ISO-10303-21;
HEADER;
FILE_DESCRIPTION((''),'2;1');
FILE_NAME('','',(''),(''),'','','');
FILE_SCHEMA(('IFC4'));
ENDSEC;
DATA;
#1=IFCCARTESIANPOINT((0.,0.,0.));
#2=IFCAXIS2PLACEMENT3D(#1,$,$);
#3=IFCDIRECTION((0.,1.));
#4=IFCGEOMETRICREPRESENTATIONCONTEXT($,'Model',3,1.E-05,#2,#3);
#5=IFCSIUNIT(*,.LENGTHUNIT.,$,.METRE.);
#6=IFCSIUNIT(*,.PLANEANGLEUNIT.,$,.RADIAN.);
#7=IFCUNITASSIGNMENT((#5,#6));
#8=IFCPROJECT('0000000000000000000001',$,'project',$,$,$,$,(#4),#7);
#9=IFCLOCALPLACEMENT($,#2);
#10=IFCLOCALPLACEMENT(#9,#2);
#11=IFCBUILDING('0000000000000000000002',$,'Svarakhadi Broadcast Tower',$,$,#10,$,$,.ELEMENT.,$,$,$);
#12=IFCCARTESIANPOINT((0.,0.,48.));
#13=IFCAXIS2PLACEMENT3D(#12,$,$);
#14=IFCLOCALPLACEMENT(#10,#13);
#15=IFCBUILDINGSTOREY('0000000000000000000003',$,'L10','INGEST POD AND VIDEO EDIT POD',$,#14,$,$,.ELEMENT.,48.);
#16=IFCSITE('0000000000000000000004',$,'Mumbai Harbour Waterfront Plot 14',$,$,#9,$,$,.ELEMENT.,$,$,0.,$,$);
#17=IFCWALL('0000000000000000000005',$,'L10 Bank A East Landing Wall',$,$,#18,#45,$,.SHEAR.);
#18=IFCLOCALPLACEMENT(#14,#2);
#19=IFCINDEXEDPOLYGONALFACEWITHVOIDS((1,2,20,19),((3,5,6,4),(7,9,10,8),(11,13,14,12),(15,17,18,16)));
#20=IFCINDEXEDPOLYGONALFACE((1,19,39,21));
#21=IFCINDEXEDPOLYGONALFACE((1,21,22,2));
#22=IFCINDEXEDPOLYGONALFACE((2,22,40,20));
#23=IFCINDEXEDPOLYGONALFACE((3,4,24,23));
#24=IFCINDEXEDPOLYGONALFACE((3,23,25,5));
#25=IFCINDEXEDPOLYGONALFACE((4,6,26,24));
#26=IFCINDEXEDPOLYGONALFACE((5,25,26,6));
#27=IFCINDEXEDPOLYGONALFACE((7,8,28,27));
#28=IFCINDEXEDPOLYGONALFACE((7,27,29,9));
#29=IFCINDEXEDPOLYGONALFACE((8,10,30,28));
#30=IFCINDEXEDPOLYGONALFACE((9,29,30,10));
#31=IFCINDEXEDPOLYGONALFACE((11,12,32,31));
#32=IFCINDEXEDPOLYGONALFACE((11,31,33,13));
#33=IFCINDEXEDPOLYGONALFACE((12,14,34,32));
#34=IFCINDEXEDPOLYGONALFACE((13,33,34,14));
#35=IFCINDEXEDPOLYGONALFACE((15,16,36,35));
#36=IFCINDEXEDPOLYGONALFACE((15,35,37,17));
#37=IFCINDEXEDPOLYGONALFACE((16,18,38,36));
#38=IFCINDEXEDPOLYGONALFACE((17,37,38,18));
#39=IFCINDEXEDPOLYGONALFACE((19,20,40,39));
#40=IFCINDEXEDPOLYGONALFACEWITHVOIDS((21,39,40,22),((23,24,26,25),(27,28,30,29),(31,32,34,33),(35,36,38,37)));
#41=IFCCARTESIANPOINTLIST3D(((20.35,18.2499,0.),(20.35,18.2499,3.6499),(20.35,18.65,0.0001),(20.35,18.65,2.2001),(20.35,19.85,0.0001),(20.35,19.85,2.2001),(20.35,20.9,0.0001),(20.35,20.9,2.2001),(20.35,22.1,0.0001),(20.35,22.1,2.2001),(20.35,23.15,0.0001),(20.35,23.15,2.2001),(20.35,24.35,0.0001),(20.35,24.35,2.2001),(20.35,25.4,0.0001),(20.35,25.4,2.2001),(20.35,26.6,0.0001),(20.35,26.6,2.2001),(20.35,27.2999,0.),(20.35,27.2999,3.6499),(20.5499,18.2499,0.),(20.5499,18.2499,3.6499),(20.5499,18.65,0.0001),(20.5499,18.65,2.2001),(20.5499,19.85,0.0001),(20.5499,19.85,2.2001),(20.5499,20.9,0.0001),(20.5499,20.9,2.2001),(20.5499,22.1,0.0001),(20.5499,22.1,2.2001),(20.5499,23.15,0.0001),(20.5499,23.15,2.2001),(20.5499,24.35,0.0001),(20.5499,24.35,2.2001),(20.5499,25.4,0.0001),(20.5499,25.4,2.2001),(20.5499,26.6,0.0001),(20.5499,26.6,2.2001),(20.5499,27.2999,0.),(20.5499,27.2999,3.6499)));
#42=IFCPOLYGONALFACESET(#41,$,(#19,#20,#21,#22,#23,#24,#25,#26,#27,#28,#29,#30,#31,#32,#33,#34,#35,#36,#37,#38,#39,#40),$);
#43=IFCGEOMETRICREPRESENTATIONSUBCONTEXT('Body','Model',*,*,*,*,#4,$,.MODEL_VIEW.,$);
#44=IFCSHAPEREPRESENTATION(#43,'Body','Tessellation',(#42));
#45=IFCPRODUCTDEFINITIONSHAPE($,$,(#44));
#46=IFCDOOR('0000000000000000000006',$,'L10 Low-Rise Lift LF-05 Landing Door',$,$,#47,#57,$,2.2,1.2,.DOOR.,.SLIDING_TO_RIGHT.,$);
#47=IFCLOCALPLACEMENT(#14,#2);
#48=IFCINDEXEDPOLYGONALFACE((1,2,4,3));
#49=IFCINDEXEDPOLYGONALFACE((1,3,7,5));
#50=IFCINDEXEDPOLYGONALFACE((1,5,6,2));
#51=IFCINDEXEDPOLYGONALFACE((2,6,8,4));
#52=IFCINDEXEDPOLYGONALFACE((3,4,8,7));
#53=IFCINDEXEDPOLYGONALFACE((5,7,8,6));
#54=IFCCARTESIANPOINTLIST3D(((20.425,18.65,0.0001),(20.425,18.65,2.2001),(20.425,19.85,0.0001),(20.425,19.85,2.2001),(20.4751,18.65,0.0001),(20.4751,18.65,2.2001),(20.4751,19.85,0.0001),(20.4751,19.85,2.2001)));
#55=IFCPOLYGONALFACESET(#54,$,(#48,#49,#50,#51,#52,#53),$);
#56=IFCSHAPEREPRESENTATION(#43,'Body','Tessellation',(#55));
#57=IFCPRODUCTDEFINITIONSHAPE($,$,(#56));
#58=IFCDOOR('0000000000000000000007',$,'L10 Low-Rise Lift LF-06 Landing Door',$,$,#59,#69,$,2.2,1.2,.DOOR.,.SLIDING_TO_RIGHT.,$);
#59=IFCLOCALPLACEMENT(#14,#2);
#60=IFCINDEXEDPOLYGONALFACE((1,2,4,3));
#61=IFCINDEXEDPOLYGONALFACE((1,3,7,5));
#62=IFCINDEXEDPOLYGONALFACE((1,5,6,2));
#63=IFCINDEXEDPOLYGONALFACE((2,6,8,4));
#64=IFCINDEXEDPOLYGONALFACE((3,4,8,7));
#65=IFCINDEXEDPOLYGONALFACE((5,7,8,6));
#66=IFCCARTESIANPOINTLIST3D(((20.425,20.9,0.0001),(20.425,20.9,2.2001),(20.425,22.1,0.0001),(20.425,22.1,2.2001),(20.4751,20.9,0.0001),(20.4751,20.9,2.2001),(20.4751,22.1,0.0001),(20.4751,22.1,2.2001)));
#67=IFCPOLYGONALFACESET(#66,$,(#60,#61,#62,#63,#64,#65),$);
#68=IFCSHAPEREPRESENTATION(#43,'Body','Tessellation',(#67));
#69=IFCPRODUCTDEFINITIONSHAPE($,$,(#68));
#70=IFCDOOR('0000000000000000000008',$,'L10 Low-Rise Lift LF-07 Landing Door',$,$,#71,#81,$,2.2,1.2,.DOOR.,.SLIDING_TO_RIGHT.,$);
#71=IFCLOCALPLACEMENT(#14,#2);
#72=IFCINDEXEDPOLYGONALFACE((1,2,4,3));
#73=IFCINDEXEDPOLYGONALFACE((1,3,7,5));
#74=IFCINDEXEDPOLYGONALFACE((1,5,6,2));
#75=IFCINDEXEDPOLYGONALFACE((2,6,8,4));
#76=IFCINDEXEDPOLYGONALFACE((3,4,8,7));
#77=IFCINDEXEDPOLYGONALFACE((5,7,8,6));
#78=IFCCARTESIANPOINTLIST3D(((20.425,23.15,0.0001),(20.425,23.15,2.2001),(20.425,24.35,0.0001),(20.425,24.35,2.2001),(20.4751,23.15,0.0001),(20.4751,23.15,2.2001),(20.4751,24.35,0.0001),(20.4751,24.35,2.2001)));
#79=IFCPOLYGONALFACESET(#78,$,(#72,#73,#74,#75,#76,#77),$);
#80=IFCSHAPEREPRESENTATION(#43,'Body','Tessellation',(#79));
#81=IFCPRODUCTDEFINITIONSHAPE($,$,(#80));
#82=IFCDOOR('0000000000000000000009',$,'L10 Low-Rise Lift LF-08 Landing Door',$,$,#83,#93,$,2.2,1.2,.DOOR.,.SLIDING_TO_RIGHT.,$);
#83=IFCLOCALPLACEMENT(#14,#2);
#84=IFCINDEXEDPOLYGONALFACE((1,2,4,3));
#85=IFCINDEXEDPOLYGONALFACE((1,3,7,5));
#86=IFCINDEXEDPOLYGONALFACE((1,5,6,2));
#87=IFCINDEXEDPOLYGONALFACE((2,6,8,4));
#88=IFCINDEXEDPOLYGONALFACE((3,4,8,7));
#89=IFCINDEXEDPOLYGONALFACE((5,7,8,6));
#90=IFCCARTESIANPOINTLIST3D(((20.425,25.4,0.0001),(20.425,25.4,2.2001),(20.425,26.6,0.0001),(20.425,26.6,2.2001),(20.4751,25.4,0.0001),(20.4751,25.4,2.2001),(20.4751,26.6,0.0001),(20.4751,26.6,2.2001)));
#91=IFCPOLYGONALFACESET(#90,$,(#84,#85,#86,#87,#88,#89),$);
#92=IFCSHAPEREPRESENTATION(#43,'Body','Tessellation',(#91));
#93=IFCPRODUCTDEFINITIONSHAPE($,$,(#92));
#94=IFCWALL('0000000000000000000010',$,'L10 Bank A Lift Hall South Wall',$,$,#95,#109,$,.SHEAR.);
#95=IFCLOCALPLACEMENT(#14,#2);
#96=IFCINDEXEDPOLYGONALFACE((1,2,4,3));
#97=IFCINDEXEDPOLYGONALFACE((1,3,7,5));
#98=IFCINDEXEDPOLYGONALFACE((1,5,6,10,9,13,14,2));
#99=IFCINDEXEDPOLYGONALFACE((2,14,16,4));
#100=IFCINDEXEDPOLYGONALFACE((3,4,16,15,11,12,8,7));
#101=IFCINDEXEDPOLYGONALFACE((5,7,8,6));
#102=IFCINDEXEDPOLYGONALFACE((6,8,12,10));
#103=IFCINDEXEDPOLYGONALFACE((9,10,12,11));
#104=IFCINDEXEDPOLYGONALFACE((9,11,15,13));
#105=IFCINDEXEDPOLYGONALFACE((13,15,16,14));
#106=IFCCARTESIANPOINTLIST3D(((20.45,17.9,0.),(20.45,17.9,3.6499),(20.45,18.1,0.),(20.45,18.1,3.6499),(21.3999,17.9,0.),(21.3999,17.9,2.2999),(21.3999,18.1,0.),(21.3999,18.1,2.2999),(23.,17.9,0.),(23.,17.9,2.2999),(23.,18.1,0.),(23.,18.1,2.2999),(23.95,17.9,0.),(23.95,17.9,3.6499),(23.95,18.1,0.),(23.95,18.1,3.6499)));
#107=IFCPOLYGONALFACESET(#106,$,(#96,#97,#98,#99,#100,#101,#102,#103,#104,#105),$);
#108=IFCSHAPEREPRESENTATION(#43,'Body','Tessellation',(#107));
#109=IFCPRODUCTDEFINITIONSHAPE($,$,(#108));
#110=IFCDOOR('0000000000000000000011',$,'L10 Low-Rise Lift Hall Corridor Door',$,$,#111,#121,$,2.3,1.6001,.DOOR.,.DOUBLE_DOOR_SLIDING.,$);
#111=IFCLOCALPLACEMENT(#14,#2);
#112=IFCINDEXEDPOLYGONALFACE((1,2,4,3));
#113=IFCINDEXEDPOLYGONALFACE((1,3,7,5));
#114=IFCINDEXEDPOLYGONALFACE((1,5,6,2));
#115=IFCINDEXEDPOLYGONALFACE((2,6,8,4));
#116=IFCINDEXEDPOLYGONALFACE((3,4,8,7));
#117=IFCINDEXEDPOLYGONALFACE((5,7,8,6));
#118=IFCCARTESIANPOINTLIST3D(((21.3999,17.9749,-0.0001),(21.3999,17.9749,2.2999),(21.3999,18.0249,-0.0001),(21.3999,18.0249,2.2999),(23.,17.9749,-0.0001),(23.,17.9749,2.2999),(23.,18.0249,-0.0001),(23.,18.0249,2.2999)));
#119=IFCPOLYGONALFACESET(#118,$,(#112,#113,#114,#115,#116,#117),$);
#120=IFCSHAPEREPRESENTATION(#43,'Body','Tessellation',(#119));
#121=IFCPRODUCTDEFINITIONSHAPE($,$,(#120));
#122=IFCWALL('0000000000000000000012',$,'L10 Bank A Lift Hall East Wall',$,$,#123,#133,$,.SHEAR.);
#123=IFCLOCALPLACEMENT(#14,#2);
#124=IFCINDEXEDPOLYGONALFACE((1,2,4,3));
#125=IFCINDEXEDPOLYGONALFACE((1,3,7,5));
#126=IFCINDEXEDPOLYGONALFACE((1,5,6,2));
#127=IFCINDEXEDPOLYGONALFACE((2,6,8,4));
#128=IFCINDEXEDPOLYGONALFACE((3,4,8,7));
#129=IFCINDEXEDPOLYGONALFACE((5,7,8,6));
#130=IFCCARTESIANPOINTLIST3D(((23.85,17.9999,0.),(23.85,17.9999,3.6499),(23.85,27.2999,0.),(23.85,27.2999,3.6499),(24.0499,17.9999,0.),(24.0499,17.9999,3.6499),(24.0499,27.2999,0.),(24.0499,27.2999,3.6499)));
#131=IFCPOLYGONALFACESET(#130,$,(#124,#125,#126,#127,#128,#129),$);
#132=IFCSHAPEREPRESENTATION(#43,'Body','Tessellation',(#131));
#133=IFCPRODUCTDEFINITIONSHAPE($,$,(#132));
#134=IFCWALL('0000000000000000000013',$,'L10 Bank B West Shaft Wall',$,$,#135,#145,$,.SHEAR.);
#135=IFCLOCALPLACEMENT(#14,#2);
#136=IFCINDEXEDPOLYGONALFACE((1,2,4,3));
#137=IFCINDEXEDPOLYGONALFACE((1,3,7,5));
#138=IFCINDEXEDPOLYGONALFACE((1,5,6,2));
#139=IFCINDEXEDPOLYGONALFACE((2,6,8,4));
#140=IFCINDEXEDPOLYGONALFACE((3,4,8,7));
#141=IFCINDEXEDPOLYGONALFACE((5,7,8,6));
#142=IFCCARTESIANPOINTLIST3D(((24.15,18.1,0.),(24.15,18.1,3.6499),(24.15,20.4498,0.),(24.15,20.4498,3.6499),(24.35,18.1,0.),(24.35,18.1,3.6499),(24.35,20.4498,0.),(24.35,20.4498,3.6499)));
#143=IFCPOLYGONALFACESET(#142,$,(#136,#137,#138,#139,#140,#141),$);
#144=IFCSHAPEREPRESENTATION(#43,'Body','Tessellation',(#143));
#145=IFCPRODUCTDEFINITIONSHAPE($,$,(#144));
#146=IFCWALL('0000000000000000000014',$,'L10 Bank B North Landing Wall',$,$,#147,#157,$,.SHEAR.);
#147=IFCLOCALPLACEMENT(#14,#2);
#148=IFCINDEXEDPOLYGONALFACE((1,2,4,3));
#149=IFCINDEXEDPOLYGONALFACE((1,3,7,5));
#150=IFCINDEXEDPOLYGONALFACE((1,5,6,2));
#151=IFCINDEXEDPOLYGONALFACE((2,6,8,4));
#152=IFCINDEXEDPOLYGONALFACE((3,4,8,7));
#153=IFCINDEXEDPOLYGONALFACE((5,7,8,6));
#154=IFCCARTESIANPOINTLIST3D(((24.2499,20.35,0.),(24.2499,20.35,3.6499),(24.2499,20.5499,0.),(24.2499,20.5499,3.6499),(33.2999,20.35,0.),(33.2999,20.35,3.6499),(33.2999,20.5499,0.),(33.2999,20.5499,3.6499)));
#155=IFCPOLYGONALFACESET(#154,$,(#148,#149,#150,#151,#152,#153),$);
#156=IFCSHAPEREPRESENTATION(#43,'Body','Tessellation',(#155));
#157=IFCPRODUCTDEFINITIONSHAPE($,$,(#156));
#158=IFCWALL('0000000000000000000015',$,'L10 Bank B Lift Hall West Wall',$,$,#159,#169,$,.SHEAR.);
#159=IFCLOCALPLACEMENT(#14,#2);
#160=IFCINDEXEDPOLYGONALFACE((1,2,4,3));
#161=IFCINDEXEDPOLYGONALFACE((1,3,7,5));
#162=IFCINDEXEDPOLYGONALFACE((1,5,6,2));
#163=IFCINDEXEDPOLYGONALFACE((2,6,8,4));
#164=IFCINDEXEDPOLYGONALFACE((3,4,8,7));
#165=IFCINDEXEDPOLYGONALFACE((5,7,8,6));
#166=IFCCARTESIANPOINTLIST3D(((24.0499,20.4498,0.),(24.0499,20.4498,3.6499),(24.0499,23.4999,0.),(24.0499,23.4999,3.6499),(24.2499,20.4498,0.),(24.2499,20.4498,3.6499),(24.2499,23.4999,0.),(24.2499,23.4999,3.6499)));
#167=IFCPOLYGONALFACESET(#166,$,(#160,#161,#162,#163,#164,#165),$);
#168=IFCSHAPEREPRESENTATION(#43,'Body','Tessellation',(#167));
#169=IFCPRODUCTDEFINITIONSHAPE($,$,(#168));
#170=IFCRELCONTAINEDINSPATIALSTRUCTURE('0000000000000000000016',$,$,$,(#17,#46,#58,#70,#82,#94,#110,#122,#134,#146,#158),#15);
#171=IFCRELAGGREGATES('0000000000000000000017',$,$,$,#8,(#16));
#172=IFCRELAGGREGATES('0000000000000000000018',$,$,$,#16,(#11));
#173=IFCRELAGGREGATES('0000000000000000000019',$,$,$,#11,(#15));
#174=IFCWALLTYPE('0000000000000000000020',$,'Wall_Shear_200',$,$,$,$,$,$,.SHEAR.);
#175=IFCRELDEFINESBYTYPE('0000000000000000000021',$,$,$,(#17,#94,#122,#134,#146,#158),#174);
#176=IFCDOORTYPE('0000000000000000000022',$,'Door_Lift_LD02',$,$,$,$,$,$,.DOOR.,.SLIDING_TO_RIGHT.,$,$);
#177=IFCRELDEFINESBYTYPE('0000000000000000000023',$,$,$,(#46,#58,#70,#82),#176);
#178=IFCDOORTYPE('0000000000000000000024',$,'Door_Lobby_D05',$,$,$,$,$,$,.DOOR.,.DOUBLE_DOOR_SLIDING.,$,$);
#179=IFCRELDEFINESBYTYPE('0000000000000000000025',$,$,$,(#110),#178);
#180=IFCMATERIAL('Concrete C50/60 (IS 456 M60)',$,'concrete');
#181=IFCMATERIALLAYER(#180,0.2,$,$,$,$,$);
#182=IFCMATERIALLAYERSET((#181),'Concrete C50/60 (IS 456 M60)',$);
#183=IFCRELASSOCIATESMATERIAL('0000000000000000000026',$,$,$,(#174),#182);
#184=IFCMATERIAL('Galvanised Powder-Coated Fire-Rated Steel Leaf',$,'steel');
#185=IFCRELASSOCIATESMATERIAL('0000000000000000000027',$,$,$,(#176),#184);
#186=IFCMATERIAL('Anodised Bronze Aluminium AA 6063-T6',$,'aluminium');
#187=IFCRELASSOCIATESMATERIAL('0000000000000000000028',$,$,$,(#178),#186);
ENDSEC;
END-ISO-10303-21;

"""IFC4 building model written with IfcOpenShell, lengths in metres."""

from ifc_helpers import new_model, si_unit, direction, frame, frame_2d, origin, place, context, subcontext, project, spatial, rectangle, extrude, material, layer, layer_set, type_object, element, fill, save


model = new_model("IFC4")

# Units and contexts
model_context = context("Model", 3, precision=1e-05, world=origin(), true_north=direction((0.0, 1.0)))
body_context = subcontext(model_context, "Body", "Model", "MODEL_VIEW")
ifc_project = project(units=[si_unit("LENGTHUNIT", "METRE"), si_unit("PLANEANGLEUNIT", "RADIAN")], contexts=[model_context])

# Site, building, storey
site_placement = place(None, origin())
site = spatial("IfcSite", under=ifc_project, at=site_placement, Name="Mumbai Harbour Waterfront Plot 14", CompositionType="ELEMENT", RefElevation=0.0)
building_placement = place(site_placement, origin())
building = spatial("IfcBuilding", under=site, at=building_placement, Name="Svarakhadi Broadcast Tower", CompositionType="ELEMENT")
storey_placement = place(building_placement, frame((0.0, 0.0, 48.0)))
storey = spatial("IfcBuildingStorey", under=building, at=storey_placement, Name="L10", Description="INGEST POD AND VIDEO EDIT POD", CompositionType="ELEMENT", Elevation=48.0)

# Shared definitions
ifc_material_1 = material(Name="Concrete C50/60 (IS 456 M60)", Category="concrete")
ifc_layer_1 = layer(ifc_material_1, 0.2)
ifc_layer_set_1 = layer_set([ifc_layer_1], Name="Concrete C50/60 (IS 456 M60)")
wall_type_1 = type_object("IfcWallType", Name="Wall_Shear_200", PredefinedType="SHEAR", material=ifc_layer_set_1)

# Wall, openings, doors
wall_1_placement = place(storey_placement, frame((20.45, 18.25, 0.0), z_axis=(0.0, 0.0, 1.0), x_axis=(0.0, 1.0, 0.0)))
wall_1 = element("IfcWall", 1, at=wall_1_placement, inside=storey, type_object=wall_type_1, Name="L10 Bank A East Landing Wall", PredefinedType="SHEAR", context=body_context, shape_type="SweptSolid", body=[
    extrude(rectangle(XDim=9.05, YDim=0.2, at=frame_2d((4.5249, 0.0))), origin(), (0.0, 0.0, 1.0), 3.6499),
])
opening_1_placement = place(wall_1_placement, frame((0.3999, 0.0, 0.0)))
opening_1 = element("IfcOpeningElement", 2, at=opening_1_placement, cuts=wall_1, PredefinedType="OPENING", context=body_context, shape_type="SweptSolid", body=[
    extrude(rectangle(XDim=1.2, YDim=2.2, at=frame_2d((0.6001, 1.1001))), frame((0.0, 0.1099, 0.0), z_axis=(0.0, -1.0, 0.0), x_axis=(1.0, 0.0, 0.0)), (0.0, 0.0, 1.0), 0.22),
])
opening_2_placement = place(wall_1_placement, frame((2.6499, 0.0, 0.0)))
opening_2 = element("IfcOpeningElement", 3, at=opening_2_placement, cuts=wall_1, PredefinedType="OPENING", context=body_context, shape_type="SweptSolid", body=[
    extrude(rectangle(XDim=1.2, YDim=2.2, at=frame_2d((0.6001, 1.1001))), frame((0.0, 0.1099, 0.0), z_axis=(0.0, -1.0, 0.0), x_axis=(1.0, 0.0, 0.0)), (0.0, 0.0, 1.0), 0.22),
])
opening_3_placement = place(wall_1_placement, frame((4.8999, 0.0, 0.0)))
opening_3 = element("IfcOpeningElement", 4, at=opening_3_placement, cuts=wall_1, PredefinedType="OPENING", context=body_context, shape_type="SweptSolid", body=[
    extrude(rectangle(XDim=1.2, YDim=2.2, at=frame_2d((0.6001, 1.1001))), frame((0.0, 0.1099, 0.0), z_axis=(0.0, -1.0, 0.0), x_axis=(1.0, 0.0, 0.0)), (0.0, 0.0, 1.0), 0.22),
])
opening_4_placement = place(wall_1_placement, frame((7.1499, 0.0, 0.0)))
opening_4 = element("IfcOpeningElement", 5, at=opening_4_placement, cuts=wall_1, PredefinedType="OPENING", context=body_context, shape_type="SweptSolid", body=[
    extrude(rectangle(XDim=1.2, YDim=2.2, at=frame_2d((0.6001, 1.1001))), frame((0.0, 0.1099, 0.0), z_axis=(0.0, -1.0, 0.0), x_axis=(1.0, 0.0, 0.0)), (0.0, 0.0, 1.0), 0.22),
])
ifc_material_2 = material(Name="Galvanised Powder-Coated Fire-Rated Steel Leaf", Category="steel")
door_type_1 = type_object("IfcDoorType", Name="Door_Lift_LD02", OperationType="SLIDING_TO_RIGHT", PredefinedType="DOOR", material=ifc_material_2)
door_1_placement = place(opening_1_placement, origin())
door_1 = element("IfcDoor", 6, at=door_1_placement, inside=storey, type_object=door_type_1, Name="L10 Low-Rise Lift LF-05 Landing Door", OperationType="SLIDING_TO_RIGHT", OverallHeight=2.2, OverallWidth=1.2, PredefinedType="DOOR", context=body_context, shape_type="SweptSolid", body=[
    extrude(rectangle(XDim=1.2, YDim=2.2, at=frame_2d((0.6001, 1.1001))), frame((0.0, 0.0249, 0.0), z_axis=(0.0, -1.0, 0.0), x_axis=(1.0, 0.0, 0.0)), (0.0, 0.0, 1.0), 0.05),
])
fill(opening_1, door_1)
door_2_placement = place(opening_2_placement, origin())
door_2 = element("IfcDoor", 7, at=door_2_placement, inside=storey, type_object=door_type_1, Name="L10 Low-Rise Lift LF-06 Landing Door", OperationType="SLIDING_TO_RIGHT", OverallHeight=2.2, OverallWidth=1.2, PredefinedType="DOOR", context=body_context, shape_type="SweptSolid", body=[
    extrude(rectangle(XDim=1.2, YDim=2.2, at=frame_2d((0.6001, 1.1001))), frame((0.0, 0.0249, 0.0), z_axis=(0.0, -1.0, 0.0), x_axis=(1.0, 0.0, 0.0)), (0.0, 0.0, 1.0), 0.05),
])
fill(opening_2, door_2)
door_3_placement = place(opening_3_placement, origin())
door_3 = element("IfcDoor", 8, at=door_3_placement, inside=storey, type_object=door_type_1, Name="L10 Low-Rise Lift LF-07 Landing Door", OperationType="SLIDING_TO_RIGHT", OverallHeight=2.2, OverallWidth=1.2, PredefinedType="DOOR", context=body_context, shape_type="SweptSolid", body=[
    extrude(rectangle(XDim=1.2, YDim=2.2, at=frame_2d((0.6001, 1.1001))), frame((0.0, 0.0249, 0.0), z_axis=(0.0, -1.0, 0.0), x_axis=(1.0, 0.0, 0.0)), (0.0, 0.0, 1.0), 0.05),
])
fill(opening_3, door_3)
door_4_placement = place(opening_4_placement, origin())
door_4 = element("IfcDoor", 9, at=door_4_placement, inside=storey, type_object=door_type_1, Name="L10 Low-Rise Lift LF-08 Landing Door", OperationType="SLIDING_TO_RIGHT", OverallHeight=2.2, OverallWidth=1.2, PredefinedType="DOOR", context=body_context, shape_type="SweptSolid", body=[
    extrude(rectangle(XDim=1.2, YDim=2.2, at=frame_2d((0.6001, 1.1001))), frame((0.0, 0.0249, 0.0), z_axis=(0.0, -1.0, 0.0), x_axis=(1.0, 0.0, 0.0)), (0.0, 0.0, 1.0), 0.05),
])
fill(opening_4, door_4)

# Wall, opening, door
wall_2_placement = place(storey_placement, frame((20.45, 18.0, 0.0), z_axis=(0.0, 0.0, 1.0), x_axis=(1.0, 0.0, 0.0)))
wall_2 = element("IfcWall", 10, at=wall_2_placement, inside=storey, type_object=wall_type_1, Name="L10 Bank A Lift Hall South Wall", PredefinedType="SHEAR", context=body_context, shape_type="SweptSolid", body=[
    extrude(rectangle(XDim=3.5, YDim=0.2, at=frame_2d((1.75, 0.0))), origin(), (0.0, 0.0, 1.0), 3.6499),
])
opening_5_placement = place(wall_2_placement, frame((0.95, 0.0, 0.0)))
opening_5 = element("IfcOpeningElement", 11, at=opening_5_placement, cuts=wall_2, PredefinedType="OPENING", context=body_context, shape_type="SweptSolid", body=[
    extrude(rectangle(XDim=1.6001, YDim=2.3, at=frame_2d((0.8, 1.1499))), frame((0.0, 0.1099, 0.0), z_axis=(0.0, -1.0, 0.0), x_axis=(1.0, 0.0, 0.0)), (0.0, 0.0, 1.0), 0.22),
])
ifc_material_3 = material(Name="Anodised Bronze Aluminium AA 6063-T6", Category="aluminium")
door_type_2 = type_object("IfcDoorType", Name="Door_Lobby_D05", OperationType="DOUBLE_DOOR_SLIDING", PredefinedType="DOOR", material=ifc_material_3)
door_5_placement = place(opening_5_placement, origin())
door_5 = element("IfcDoor", 12, at=door_5_placement, inside=storey, type_object=door_type_2, Name="L10 Low-Rise Lift Hall Corridor Door", OperationType="DOUBLE_DOOR_SLIDING", OverallHeight=2.3, OverallWidth=1.6001, PredefinedType="DOOR", context=body_context, shape_type="SweptSolid", body=[
    extrude(rectangle(XDim=1.6001, YDim=2.3, at=frame_2d((0.8, 1.1499))), frame((0.0, 0.0249, 0.0), z_axis=(0.0, -1.0, 0.0), x_axis=(1.0, 0.0, 0.0)), (0.0, 0.0, 1.0), 0.05),
])
fill(opening_5, door_5)

# Walls
wall_3_placement = place(storey_placement, frame((23.95, 18.0, 0.0), z_axis=(0.0, 0.0, 1.0), x_axis=(0.0, 1.0, 0.0)))
element("IfcWall", 13, at=wall_3_placement, inside=storey, type_object=wall_type_1, Name="L10 Bank A Lift Hall East Wall", PredefinedType="SHEAR", context=body_context, shape_type="SweptSolid", body=[
    extrude(rectangle(XDim=9.3, YDim=0.2, at=frame_2d((4.6499, 0.0))), origin(), (0.0, 0.0, 1.0), 3.6499),
])
wall_4_placement = place(storey_placement, frame((24.25, 18.1001, 0.0), z_axis=(0.0, 0.0, 1.0), x_axis=(0.0, 1.0, 0.0)))
element("IfcWall", 14, at=wall_4_placement, inside=storey, type_object=wall_type_1, Name="L10 Bank B West Shaft Wall", PredefinedType="SHEAR", context=body_context, shape_type="SweptSolid", body=[
    extrude(rectangle(XDim=2.3499, YDim=0.2, at=frame_2d((1.1748, 0.0))), origin(), (0.0, 0.0, 1.0), 3.6499),
])
wall_5_placement = place(storey_placement, frame((24.25, 20.45, 0.0), z_axis=(0.0, 0.0, 1.0), x_axis=(1.0, 0.0, 0.0)))
element("IfcWall", 15, at=wall_5_placement, inside=storey, type_object=wall_type_1, Name="L10 Bank B North Landing Wall", PredefinedType="SHEAR", context=body_context, shape_type="SweptSolid", body=[
    extrude(rectangle(XDim=9.05, YDim=0.2, at=frame_2d((4.5249, 0.0))), origin(), (0.0, 0.0, 1.0), 3.6499),
])
wall_6_placement = place(storey_placement, frame((24.1499, 20.45, 0.0), z_axis=(0.0, 0.0, 1.0), x_axis=(0.0, 1.0, 0.0)))
element("IfcWall", 16, at=wall_6_placement, inside=storey, type_object=wall_type_1, Name="L10 Bank B Lift Hall West Wall", PredefinedType="SHEAR", context=body_context, shape_type="SweptSolid", body=[
    extrude(rectangle(XDim=3.05, YDim=0.2, at=frame_2d((1.5249, 0.0))), origin(), (0.0, 0.0, 1.0), 3.6499),
])

save(model, "model.ifc")
